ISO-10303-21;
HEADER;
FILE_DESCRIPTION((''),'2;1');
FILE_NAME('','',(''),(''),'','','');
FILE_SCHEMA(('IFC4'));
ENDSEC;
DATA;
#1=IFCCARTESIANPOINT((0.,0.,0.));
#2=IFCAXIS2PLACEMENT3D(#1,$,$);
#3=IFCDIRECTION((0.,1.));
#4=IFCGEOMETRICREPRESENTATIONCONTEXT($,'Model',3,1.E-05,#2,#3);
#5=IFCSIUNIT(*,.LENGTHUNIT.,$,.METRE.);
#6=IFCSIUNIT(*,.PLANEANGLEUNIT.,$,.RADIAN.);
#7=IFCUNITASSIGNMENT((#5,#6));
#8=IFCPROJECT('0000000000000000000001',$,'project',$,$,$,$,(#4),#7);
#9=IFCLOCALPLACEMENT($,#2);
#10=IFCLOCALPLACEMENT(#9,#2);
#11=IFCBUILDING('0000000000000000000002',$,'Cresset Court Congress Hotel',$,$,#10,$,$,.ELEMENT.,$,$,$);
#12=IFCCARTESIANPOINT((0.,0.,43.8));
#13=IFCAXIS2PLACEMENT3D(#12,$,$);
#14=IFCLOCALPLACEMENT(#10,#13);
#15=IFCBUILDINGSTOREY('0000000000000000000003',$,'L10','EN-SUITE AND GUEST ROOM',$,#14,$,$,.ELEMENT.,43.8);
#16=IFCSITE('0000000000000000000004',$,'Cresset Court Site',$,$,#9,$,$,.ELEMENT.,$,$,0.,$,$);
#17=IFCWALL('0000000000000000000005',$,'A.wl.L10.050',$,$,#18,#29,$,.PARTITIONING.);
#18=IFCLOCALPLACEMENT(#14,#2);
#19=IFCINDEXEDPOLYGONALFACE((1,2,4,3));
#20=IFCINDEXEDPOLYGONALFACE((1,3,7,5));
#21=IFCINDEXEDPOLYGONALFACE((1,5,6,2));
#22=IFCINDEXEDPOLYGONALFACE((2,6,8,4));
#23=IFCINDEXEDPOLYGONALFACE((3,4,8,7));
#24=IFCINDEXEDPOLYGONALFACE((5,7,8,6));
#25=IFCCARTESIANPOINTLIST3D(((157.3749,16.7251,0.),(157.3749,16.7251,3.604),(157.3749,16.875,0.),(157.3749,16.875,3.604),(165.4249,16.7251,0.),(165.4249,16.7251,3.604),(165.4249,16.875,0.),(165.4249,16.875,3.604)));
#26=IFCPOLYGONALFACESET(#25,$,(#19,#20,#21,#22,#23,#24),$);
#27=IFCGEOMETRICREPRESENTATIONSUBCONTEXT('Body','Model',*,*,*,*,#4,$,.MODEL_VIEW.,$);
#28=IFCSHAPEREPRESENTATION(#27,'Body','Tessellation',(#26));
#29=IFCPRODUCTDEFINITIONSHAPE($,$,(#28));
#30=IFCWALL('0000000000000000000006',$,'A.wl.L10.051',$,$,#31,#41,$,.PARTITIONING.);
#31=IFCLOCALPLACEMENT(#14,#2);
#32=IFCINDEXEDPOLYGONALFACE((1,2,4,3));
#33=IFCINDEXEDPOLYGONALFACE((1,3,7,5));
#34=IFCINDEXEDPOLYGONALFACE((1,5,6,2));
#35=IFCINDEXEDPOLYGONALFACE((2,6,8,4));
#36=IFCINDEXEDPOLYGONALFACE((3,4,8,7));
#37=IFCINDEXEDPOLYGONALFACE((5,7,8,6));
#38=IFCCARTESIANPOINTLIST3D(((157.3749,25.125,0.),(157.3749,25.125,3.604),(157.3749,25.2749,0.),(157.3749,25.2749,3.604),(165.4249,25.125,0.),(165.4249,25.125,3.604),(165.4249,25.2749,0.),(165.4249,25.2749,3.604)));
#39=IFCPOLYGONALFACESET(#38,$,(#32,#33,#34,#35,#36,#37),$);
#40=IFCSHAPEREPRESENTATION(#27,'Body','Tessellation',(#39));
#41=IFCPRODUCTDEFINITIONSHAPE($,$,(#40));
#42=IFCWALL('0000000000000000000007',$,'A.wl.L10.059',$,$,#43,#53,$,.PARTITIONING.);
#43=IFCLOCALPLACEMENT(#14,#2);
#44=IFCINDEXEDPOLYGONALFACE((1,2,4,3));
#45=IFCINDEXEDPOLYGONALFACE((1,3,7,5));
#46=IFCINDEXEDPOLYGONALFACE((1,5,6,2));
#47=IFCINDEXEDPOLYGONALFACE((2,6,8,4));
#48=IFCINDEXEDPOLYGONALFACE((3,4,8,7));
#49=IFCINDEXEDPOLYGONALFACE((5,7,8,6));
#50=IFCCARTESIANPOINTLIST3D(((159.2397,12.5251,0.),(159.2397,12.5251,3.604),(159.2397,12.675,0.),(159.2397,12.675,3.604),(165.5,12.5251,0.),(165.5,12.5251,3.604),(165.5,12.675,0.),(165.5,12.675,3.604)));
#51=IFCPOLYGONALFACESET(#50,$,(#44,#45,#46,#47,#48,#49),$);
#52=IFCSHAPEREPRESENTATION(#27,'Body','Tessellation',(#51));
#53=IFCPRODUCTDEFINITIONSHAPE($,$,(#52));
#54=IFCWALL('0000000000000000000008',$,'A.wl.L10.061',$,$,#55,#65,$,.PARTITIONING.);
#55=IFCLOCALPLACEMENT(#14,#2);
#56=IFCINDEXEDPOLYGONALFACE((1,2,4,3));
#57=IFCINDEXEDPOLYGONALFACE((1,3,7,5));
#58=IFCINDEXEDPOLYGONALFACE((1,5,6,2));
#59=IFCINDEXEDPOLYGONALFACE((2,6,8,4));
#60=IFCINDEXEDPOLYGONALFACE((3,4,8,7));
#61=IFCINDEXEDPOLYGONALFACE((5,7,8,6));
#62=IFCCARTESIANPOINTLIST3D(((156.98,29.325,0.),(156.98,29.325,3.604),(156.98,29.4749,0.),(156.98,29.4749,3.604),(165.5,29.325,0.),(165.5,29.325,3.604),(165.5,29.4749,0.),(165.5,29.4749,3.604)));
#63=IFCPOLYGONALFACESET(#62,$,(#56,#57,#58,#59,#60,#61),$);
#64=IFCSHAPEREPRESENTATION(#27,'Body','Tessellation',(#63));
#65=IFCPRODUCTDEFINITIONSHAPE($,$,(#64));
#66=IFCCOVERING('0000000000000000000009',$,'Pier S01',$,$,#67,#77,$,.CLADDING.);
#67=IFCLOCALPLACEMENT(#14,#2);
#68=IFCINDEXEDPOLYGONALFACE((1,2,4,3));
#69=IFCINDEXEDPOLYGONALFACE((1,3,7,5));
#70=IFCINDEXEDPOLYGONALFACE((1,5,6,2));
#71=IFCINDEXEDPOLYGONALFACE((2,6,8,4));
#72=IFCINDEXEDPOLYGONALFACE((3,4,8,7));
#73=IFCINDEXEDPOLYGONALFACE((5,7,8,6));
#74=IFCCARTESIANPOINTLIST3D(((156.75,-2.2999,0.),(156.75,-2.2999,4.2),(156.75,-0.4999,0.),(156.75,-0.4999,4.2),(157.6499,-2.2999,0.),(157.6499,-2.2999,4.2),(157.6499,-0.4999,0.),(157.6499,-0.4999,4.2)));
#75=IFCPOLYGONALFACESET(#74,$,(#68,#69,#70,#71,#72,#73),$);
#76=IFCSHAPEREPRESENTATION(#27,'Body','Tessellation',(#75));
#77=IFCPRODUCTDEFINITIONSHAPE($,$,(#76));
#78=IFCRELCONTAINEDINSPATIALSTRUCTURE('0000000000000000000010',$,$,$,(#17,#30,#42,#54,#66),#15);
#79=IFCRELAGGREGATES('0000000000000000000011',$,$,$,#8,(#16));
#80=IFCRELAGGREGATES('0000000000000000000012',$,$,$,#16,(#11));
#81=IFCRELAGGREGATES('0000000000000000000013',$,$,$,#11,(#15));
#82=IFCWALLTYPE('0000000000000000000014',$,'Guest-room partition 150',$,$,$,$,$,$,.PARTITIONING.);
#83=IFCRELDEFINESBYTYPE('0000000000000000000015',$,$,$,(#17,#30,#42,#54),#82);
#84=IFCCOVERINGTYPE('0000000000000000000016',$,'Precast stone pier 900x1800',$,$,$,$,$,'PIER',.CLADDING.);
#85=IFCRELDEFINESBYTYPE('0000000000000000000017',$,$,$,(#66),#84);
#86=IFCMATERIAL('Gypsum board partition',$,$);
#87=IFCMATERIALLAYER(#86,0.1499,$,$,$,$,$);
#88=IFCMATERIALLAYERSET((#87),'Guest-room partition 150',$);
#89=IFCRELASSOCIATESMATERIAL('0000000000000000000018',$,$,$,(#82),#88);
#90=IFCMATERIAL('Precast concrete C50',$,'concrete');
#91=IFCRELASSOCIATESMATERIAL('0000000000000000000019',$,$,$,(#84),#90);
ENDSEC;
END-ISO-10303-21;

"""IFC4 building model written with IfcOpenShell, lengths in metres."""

from ifc_helpers import new_model, si_unit, direction, frame, frame_2d, origin, origin_2d, place, context, subcontext, project, spatial, rectangle, extrude, material, layer, layer_set, type_object, element, save


model = new_model("IFC4")

# Units and contexts
model_context = context("Model", 3, precision=1e-05, world=origin(), true_north=direction((0.0, 1.0)))
body_context = subcontext(model_context, "Body", "Model", "MODEL_VIEW")
ifc_project = project(units=[si_unit("LENGTHUNIT", "METRE"), si_unit("PLANEANGLEUNIT", "RADIAN")], contexts=[model_context])

# Site, building, storey
site_placement = place(None, origin())
site = spatial("IfcSite", under=ifc_project, at=site_placement, Name="Cresset Court Site", CompositionType="ELEMENT", RefElevation=0.0)
building_placement = place(site_placement, origin())
building = spatial("IfcBuilding", under=site, at=building_placement, Name="Cresset Court Congress Hotel", CompositionType="ELEMENT")
storey_placement = place(building_placement, frame((0.0, 0.0, 43.8)))
storey = spatial("IfcBuildingStorey", under=building, at=storey_placement, Name="L10", Description="EN-SUITE AND GUEST ROOM", CompositionType="ELEMENT", Elevation=43.8)

# Walls
ifc_material_1 = material(Name="Gypsum board partition")
ifc_layer_1 = layer(ifc_material_1, 0.1499)
ifc_layer_set_1 = layer_set([ifc_layer_1], Name="Guest-room partition 150")
wall_type_1 = type_object("IfcWallType", Name="Guest-room partition 150", PredefinedType="PARTITIONING", material=ifc_layer_set_1)
for number, where, z_axis, x_axis, name in (
    (1, (157.375, 16.8, 0.0), (0.0, 0.0, 1.0), (1.0, 0.0, 0.0), "A.wl.L10.050"),
    (2, (157.375, 25.2, 0.0), (0.0, 0.0, 1.0), (1.0, 0.0, 0.0), "A.wl.L10.051"),
):
    element("IfcWall", number, at=place(storey_placement, frame(where, z_axis=z_axis, x_axis=x_axis)), inside=storey, type_object=wall_type_1, Name=name, PredefinedType="PARTITIONING", context=body_context, shape_type="SweptSolid", body=[
        extrude(rectangle(XDim=8.05, YDim=0.1499, at=frame_2d((4.0249, 0.0))), origin(), (0.0, 0.0, 1.0), 3.604),
    ])
wall_1_placement = place(storey_placement, frame((159.2397, 12.6001, 0.0), z_axis=(0.0, 0.0, 1.0), x_axis=(1.0, 0.0, 0.0)))
element("IfcWall", 3, at=wall_1_placement, inside=storey, type_object=wall_type_1, Name="A.wl.L10.059", PredefinedType="PARTITIONING", context=body_context, shape_type="SweptSolid", body=[
    extrude(rectangle(XDim=6.2603, YDim=0.1499, at=frame_2d((3.1301, 0.0))), origin(), (0.0, 0.0, 1.0), 3.604),
])
wall_2_placement = place(storey_placement, frame((156.98, 29.3999, 0.0), z_axis=(0.0, 0.0, 1.0), x_axis=(1.0, 0.0, 0.0)))
element("IfcWall", 4, at=wall_2_placement, inside=storey, type_object=wall_type_1, Name="A.wl.L10.061", PredefinedType="PARTITIONING", context=body_context, shape_type="SweptSolid", body=[
    extrude(rectangle(XDim=8.52, YDim=0.1499, at=frame_2d((4.26, 0.0))), origin(), (0.0, 0.0, 1.0), 3.604),
])

# Covering
ifc_material_2 = material(Name="Precast concrete C50", Category="concrete")
covering_type = type_object("IfcCoveringType", Name="Precast stone pier 900x1800", ElementType="PIER", PredefinedType="CLADDING", material=ifc_material_2)
covering_placement = place(storey_placement, frame((157.2, -1.3999, 0.0), z_axis=(0.0, 0.0, 1.0), x_axis=(1.0, 0.0, 0.0)))
element("IfcCovering", 5, at=covering_placement, inside=storey, type_object=covering_type, Name="Pier S01", PredefinedType="CLADDING", context=body_context, shape_type="SweptSolid", body=[
    extrude(rectangle(XDim=0.8999, YDim=1.8, at=origin_2d()), origin(), (0.0, 0.0, 1.0), 4.2),
])

save(model, "model.ifc")
